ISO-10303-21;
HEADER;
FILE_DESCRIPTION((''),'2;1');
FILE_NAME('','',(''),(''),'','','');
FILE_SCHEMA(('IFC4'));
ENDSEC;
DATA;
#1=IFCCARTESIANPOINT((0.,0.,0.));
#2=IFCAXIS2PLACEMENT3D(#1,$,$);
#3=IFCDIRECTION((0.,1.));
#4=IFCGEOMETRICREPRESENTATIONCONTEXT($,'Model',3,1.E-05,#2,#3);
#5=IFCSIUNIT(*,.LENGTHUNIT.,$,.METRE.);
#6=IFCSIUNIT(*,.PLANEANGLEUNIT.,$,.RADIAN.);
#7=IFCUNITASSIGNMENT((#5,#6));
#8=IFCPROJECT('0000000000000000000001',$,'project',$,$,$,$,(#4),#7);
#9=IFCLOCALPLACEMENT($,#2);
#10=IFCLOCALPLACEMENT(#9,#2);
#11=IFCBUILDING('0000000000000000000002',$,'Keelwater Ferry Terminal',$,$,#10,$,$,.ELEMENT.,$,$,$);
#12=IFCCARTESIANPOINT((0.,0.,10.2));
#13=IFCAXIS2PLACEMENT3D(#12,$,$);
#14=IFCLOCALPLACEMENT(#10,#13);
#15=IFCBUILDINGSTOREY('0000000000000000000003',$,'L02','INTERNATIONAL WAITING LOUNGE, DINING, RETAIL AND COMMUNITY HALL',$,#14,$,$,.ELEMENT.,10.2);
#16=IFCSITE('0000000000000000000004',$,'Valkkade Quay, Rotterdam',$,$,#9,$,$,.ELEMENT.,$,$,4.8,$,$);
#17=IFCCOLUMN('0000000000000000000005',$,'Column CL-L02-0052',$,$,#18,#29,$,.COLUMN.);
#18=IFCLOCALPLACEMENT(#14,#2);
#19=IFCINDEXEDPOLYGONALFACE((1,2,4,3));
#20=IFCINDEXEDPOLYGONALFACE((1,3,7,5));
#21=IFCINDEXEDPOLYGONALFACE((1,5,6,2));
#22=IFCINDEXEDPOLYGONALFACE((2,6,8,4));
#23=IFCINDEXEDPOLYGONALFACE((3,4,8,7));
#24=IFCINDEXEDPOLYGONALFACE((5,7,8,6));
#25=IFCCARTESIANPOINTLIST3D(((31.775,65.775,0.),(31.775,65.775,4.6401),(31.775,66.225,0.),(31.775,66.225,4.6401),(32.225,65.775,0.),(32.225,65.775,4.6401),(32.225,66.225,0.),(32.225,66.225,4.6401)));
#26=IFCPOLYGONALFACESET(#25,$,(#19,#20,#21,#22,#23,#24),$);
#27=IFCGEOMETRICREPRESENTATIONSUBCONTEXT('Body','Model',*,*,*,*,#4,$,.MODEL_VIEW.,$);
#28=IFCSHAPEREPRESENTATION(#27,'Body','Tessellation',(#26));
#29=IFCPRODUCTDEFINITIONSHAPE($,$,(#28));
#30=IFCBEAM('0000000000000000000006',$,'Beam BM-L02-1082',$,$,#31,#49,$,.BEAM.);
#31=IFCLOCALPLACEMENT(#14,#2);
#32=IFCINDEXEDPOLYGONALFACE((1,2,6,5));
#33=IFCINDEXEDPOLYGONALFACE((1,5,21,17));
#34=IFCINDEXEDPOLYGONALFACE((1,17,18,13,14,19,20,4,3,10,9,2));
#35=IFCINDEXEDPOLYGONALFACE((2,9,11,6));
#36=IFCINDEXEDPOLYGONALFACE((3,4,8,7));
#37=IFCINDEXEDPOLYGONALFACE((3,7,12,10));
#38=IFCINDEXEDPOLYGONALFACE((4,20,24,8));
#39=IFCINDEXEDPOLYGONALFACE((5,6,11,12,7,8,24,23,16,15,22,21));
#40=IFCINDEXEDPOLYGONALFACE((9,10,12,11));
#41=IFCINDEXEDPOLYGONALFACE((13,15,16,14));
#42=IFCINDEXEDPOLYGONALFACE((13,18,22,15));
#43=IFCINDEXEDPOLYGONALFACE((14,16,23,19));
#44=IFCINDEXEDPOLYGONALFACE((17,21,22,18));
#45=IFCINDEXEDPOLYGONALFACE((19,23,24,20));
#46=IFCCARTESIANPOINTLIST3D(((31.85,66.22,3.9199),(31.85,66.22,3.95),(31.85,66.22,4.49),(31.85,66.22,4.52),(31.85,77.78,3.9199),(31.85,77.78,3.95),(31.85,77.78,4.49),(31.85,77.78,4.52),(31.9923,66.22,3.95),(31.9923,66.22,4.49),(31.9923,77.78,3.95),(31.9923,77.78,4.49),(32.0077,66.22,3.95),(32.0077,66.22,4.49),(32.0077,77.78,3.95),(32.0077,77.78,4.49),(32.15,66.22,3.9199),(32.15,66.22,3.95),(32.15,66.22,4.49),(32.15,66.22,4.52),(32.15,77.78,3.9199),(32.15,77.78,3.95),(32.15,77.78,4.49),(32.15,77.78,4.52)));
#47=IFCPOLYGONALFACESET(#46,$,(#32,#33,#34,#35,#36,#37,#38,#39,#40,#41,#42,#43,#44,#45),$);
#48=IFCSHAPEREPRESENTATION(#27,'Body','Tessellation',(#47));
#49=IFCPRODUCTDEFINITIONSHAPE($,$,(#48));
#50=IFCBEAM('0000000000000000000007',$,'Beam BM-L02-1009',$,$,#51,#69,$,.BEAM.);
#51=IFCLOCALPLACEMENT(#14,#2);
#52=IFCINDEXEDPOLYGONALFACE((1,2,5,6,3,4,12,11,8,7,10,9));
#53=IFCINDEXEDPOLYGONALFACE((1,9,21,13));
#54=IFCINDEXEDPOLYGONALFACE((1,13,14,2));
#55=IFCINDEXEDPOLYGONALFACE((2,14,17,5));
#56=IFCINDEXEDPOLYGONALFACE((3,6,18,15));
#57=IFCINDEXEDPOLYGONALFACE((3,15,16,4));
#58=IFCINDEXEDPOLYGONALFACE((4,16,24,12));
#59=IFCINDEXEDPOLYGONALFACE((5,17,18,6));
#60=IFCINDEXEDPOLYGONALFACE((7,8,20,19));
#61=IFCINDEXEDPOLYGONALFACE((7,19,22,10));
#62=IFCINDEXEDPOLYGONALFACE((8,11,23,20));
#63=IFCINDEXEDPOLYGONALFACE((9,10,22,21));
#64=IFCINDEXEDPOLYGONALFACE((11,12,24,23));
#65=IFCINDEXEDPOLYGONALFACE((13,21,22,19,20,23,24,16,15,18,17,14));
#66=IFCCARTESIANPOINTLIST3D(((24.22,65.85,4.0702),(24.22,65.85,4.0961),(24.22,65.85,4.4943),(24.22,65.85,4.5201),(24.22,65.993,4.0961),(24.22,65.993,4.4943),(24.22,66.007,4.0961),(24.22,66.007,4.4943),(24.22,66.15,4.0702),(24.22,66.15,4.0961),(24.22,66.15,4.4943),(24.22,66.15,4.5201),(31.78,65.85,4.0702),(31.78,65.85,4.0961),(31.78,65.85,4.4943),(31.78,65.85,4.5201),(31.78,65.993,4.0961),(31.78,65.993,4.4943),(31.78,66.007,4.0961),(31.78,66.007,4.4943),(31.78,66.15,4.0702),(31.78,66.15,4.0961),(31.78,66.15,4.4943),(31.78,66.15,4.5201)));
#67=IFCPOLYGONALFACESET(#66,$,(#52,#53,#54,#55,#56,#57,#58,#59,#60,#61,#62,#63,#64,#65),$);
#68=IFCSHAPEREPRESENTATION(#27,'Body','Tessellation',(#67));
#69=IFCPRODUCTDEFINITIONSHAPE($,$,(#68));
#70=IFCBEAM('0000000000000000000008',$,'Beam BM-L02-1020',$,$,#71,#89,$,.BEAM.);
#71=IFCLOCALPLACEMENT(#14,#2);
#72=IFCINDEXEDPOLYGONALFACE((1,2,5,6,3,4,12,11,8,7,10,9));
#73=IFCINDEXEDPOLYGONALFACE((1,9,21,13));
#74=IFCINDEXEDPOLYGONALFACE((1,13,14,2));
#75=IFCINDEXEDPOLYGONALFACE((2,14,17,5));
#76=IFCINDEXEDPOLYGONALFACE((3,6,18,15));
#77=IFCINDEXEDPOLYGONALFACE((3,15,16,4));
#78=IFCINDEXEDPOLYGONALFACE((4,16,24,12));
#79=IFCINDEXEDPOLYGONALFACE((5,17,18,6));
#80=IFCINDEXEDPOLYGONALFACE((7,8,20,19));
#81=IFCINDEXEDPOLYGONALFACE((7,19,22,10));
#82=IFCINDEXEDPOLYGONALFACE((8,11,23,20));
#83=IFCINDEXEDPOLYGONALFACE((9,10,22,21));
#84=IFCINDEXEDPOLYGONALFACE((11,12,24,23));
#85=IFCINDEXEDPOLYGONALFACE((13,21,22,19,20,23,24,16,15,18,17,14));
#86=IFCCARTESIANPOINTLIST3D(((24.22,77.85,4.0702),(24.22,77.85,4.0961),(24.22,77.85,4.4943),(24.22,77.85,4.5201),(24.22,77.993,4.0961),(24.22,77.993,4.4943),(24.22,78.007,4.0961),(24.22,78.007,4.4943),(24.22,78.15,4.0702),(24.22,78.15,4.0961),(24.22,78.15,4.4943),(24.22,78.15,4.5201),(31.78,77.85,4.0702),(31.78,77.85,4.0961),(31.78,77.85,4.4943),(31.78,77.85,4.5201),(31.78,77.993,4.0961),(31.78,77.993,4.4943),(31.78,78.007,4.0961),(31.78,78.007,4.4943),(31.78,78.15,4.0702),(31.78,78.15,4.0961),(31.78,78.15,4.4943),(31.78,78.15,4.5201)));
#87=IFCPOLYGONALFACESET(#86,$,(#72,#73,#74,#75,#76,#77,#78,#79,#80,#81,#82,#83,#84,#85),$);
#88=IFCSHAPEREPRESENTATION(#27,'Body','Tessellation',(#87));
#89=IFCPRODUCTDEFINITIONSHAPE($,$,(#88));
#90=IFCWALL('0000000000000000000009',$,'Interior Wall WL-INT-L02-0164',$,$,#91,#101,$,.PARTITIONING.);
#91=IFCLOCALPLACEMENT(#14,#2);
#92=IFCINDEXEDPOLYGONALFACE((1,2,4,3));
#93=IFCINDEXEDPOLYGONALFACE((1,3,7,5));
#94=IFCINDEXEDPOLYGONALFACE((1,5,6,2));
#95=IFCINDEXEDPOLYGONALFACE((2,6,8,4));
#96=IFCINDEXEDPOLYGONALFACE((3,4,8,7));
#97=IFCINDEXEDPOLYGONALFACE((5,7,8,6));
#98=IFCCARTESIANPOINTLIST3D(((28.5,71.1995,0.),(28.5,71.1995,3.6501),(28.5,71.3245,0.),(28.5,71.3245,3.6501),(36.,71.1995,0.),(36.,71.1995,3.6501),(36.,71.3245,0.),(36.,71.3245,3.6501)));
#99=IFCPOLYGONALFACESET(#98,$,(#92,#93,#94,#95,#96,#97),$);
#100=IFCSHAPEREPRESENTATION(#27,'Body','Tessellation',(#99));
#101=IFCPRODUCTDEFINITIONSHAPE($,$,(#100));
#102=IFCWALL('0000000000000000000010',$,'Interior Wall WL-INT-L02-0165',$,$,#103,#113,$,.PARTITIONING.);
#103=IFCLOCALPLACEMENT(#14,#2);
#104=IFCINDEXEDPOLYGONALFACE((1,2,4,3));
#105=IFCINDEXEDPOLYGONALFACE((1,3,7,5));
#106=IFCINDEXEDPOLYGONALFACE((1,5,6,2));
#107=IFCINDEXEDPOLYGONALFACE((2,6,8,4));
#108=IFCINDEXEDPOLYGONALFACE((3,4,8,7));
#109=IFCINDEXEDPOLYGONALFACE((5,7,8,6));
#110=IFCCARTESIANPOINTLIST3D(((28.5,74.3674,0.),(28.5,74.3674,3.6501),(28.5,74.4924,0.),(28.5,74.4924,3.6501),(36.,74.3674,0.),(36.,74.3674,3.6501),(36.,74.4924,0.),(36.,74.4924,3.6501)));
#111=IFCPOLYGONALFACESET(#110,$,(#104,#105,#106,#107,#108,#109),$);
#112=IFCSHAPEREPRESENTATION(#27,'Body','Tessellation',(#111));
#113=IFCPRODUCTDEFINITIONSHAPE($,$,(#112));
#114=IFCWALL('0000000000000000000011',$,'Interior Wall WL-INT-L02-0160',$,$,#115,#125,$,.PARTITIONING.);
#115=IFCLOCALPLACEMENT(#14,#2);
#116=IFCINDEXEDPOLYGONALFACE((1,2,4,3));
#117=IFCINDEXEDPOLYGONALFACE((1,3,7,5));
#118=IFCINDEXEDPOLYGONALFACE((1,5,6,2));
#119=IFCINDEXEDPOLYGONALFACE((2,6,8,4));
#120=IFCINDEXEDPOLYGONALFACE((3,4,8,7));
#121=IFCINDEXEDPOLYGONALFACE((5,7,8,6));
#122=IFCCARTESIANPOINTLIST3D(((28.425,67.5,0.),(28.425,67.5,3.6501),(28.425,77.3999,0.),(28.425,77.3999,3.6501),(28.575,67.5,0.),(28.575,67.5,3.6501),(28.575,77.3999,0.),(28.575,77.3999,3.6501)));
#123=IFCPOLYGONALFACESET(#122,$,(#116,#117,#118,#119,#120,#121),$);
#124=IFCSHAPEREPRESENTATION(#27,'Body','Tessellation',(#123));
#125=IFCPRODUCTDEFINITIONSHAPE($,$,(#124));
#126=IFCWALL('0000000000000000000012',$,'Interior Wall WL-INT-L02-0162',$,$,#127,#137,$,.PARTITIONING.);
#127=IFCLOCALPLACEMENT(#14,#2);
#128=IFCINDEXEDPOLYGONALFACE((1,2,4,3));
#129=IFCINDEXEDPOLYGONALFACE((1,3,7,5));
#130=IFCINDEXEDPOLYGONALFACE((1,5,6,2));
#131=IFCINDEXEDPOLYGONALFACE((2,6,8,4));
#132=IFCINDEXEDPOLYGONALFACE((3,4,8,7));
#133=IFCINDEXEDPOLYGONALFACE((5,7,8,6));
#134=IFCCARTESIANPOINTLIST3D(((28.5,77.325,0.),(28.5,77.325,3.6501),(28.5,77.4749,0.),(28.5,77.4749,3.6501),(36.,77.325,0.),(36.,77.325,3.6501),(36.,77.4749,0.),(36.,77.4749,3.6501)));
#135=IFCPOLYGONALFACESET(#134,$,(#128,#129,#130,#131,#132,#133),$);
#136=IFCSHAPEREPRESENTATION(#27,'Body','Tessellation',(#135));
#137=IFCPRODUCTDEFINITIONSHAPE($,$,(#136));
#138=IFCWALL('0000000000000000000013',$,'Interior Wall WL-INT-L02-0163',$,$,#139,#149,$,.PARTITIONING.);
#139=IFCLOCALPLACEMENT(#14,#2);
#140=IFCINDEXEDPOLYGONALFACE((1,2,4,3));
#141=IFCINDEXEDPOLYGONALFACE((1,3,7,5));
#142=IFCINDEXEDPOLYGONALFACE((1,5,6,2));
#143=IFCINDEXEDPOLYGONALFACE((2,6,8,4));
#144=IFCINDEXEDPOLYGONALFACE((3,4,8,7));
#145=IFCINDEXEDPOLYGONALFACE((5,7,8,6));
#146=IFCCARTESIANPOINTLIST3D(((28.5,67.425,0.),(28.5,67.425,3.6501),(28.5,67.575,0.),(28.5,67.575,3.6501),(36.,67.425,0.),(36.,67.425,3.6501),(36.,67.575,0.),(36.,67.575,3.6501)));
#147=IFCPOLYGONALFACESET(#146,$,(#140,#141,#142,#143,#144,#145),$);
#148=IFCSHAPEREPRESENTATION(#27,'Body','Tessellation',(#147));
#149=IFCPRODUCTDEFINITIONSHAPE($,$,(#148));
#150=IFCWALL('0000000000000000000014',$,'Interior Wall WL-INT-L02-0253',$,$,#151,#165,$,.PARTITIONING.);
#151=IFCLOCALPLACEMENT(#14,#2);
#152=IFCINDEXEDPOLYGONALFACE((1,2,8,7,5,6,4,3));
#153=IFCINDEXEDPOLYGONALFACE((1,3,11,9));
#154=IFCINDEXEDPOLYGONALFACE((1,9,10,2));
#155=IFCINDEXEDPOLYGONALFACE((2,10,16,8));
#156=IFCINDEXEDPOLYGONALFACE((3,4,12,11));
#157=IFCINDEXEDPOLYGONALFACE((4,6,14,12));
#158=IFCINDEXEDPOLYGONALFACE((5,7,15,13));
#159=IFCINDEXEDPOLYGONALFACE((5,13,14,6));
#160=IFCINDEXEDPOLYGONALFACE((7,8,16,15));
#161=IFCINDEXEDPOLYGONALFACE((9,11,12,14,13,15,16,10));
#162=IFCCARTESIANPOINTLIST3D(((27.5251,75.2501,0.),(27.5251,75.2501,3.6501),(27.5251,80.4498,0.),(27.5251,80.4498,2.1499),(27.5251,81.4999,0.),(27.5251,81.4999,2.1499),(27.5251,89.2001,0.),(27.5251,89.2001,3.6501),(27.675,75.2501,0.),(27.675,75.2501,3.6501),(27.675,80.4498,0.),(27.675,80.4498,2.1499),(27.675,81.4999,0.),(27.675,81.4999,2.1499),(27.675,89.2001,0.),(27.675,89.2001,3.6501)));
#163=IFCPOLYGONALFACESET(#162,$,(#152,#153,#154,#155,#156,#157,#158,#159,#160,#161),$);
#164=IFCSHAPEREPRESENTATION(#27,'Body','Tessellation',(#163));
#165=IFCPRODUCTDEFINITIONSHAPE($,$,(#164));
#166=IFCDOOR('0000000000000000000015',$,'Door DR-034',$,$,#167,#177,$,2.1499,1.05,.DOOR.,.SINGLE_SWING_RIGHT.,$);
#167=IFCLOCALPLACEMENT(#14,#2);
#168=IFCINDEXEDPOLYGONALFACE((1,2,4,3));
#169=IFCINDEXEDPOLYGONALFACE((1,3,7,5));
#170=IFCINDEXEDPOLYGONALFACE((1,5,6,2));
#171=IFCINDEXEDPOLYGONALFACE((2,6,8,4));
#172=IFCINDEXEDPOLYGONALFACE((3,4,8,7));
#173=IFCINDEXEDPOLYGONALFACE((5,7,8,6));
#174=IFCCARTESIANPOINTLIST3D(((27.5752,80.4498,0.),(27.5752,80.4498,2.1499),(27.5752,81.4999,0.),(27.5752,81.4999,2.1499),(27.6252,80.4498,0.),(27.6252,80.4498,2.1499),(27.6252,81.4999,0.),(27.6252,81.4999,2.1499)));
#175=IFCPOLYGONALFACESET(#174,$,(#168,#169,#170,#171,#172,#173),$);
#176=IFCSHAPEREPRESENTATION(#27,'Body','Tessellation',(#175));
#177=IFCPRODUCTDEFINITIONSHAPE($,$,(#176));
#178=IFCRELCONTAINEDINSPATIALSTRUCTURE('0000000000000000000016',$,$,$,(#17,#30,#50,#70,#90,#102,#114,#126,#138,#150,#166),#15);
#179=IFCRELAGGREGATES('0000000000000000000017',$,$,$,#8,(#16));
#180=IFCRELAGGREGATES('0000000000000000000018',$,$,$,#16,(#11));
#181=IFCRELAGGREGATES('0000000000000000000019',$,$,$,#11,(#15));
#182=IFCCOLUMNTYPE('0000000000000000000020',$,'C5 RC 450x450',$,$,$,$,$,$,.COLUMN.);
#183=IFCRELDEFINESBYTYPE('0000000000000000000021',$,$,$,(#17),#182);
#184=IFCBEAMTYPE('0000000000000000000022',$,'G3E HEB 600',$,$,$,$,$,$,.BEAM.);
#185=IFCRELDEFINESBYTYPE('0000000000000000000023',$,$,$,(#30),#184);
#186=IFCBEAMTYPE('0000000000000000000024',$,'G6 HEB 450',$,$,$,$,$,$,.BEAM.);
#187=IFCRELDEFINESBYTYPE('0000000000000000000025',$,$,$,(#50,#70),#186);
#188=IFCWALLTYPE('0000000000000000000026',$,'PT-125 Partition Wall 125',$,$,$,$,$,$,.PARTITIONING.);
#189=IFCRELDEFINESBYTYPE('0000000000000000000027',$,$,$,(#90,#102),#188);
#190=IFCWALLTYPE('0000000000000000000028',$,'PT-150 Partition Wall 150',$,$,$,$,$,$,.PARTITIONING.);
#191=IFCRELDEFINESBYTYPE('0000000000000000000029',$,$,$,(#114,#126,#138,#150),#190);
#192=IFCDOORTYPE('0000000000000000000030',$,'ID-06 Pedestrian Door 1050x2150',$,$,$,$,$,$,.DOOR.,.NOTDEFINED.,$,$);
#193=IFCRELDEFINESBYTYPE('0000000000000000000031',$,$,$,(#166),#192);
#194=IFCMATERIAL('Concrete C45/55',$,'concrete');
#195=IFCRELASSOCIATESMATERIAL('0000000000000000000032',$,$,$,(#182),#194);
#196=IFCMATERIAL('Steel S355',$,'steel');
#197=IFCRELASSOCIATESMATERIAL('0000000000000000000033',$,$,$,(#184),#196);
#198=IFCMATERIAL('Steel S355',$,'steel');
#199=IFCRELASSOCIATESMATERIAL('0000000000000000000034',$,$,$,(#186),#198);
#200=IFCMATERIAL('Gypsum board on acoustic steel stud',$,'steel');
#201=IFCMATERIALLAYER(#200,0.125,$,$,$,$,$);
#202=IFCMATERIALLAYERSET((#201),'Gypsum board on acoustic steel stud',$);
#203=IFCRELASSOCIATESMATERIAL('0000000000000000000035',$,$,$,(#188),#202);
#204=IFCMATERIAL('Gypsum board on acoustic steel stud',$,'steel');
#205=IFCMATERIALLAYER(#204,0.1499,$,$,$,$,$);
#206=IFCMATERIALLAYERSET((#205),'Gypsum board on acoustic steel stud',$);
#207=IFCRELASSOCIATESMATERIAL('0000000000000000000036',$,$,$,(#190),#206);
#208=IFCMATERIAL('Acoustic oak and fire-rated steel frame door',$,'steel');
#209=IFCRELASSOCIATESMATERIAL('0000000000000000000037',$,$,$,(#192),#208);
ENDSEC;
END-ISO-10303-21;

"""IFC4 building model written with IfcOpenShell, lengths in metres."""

from ifc_helpers import new_model, si_unit, direction, frame, frame_2d, origin, origin_2d, place, context, subcontext, project, spatial, rectangle, i_section, extrude, material, layer, layer_set, material_profile, profile_set, type_object, element, fill, save


model = new_model("IFC4")

# Units and contexts
model_context = context("Model", 3, precision=1e-05, world=origin(), true_north=direction((0.0, 1.0)))
body_context = subcontext(model_context, "Body", "Model", "MODEL_VIEW")
ifc_project = project(units=[si_unit("LENGTHUNIT", "METRE"), si_unit("PLANEANGLEUNIT", "RADIAN")], contexts=[model_context])

# Site, building, storey
site_placement = place(None, origin())
site = spatial("IfcSite", under=ifc_project, at=site_placement, Name="Valkkade Quay, Rotterdam", CompositionType="ELEMENT", RefElevation=4.8)
building_placement = place(site_placement, origin())
building = spatial("IfcBuilding", under=site, at=building_placement, Name="Keelwater Ferry Terminal", CompositionType="ELEMENT")
storey_placement = place(building_placement, frame((0.0, 0.0, 10.2)))
storey = spatial("IfcBuildingStorey", under=building, at=storey_placement, Name="L02", Description="INTERNATIONAL WAITING LOUNGE, DINING, RETAIL AND COMMUNITY HALL", CompositionType="ELEMENT", Elevation=10.2)

# Column
ifc_material_1 = material(Name="Concrete C45/55", Category="concrete")
ifc_material_profile_1 = material_profile(ifc_material_1, rectangle(XDim=0.45, YDim=0.45, at=origin_2d()), Name="RC 450x450")
ifc_profile_set_1 = profile_set([ifc_material_profile_1], Name="Concrete C45/55")
column_type = type_object("IfcColumnType", Name="C5 RC 450x450", PredefinedType="COLUMN", material=ifc_profile_set_1)
column_placement = place(storey_placement, frame((32.0, 66.0, 0.0), z_axis=(0.0, 0.0, 1.0), x_axis=(1.0, 0.0, 0.0)))
element("IfcColumn", 1, at=column_placement, inside=storey, type_object=column_type, Name="Column CL-L02-0052", PredefinedType="COLUMN", context=body_context, shape_type="SweptSolid", body=[
    extrude(rectangle(XDim=0.45, YDim=0.45, at=origin_2d()), origin(), (0.0, 0.0, 1.0), 4.6401),
])

# Beams
ifc_material_2 = material(Name="Steel S355", Category="steel")
ifc_material_profile_2 = material_profile(ifc_material_2, i_section(OverallWidth=0.3, OverallDepth=0.6001, WebThickness=0.0154, FlangeThickness=0.03, at=origin_2d()), Name="HEB 600")
ifc_profile_set_2 = profile_set([ifc_material_profile_2], Name="Steel S355")
beam_type_1 = type_object("IfcBeamType", Name="G3E HEB 600", PredefinedType="BEAM", material=ifc_profile_set_2)
beam_placement = place(storey_placement, frame((32.0, 66.22, 4.22), z_axis=(0.0, 1.0, 0.0), x_axis=(-1.0, 0.0, 0.0)))
element("IfcBeam", 2, at=beam_placement, inside=storey, type_object=beam_type_1, Name="Beam BM-L02-1082", PredefinedType="BEAM", context=body_context, shape_type="SweptSolid", body=[
    extrude(i_section(OverallWidth=0.3, OverallDepth=0.6001, WebThickness=0.0154, FlangeThickness=0.03, at=origin_2d()), origin(), (0.0, 0.0, 1.0), 11.5601),
])
ifc_material_3 = material(Name="Steel S355", Category="steel")
ifc_material_profile_3 = material_profile(ifc_material_3, i_section(OverallWidth=0.3, OverallDepth=0.45, WebThickness=0.0139, FlangeThickness=0.0259, at=origin_2d()), Name="HEB 450")
ifc_profile_set_3 = profile_set([ifc_material_profile_3], Name="Steel S355")
beam_type_2 = type_object("IfcBeamType", Name="G6 HEB 450", PredefinedType="BEAM", material=ifc_profile_set_3)
for number, where, z_axis, x_axis, name in (
    (3, (24.22, 66.0, 4.2952), (1.0, 0.0, 0.0), (0.0, 1.0, 0.0), "Beam BM-L02-1009"),
    (4, (24.22, 78.0, 4.2952), (1.0, 0.0, 0.0), (0.0, 1.0, 0.0), "Beam BM-L02-1020"),
):
    element("IfcBeam", number, at=place(storey_placement, frame(where, z_axis=z_axis, x_axis=x_axis)), inside=storey, type_object=beam_type_2, Name=name, PredefinedType="BEAM", context=body_context, shape_type="SweptSolid", body=[
        extrude(i_section(OverallWidth=0.3, OverallDepth=0.45, WebThickness=0.0139, FlangeThickness=0.0259, at=origin_2d()), origin(), (0.0, 0.0, 1.0), 7.5601),
    ])

# Walls
ifc_material_4 = material(Name="Gypsum board on acoustic steel stud", Category="steel")
ifc_layer_1 = layer(ifc_material_4, 0.125)
ifc_layer_set_1 = layer_set([ifc_layer_1], Name="Gypsum board on acoustic steel stud")
wall_type_1 = type_object("IfcWallType", Name="PT-125 Partition Wall 125", PredefinedType="PARTITIONING", material=ifc_layer_set_1)
for number, where, z_axis, x_axis, name in (
    (5, (28.5, 71.262, 0.0), (0.0, 0.0, 1.0), (1.0, 0.0, 0.0), "Interior Wall WL-INT-L02-0164"),
    (6, (28.5, 74.4299, 0.0), (0.0, 0.0, 1.0), (1.0, 0.0, 0.0), "Interior Wall WL-INT-L02-0165"),
):
    element("IfcWall", number, at=place(storey_placement, frame(where, z_axis=z_axis, x_axis=x_axis)), inside=storey, type_object=wall_type_1, Name=name, PredefinedType="PARTITIONING", context=body_context, shape_type="SweptSolid", body=[
        extrude(rectangle(XDim=7.5, YDim=0.125, at=frame_2d((3.75, 0.0))), origin(), (0.0, 0.0, 1.0), 3.6501),
    ])
ifc_material_5 = material(Name="Gypsum board on acoustic steel stud", Category="steel")
ifc_layer_2 = layer(ifc_material_5, 0.1499)
ifc_layer_set_2 = layer_set([ifc_layer_2], Name="Gypsum board on acoustic steel stud")
wall_type_2 = type_object("IfcWallType", Name="PT-150 Partition Wall 150", PredefinedType="PARTITIONING", material=ifc_layer_set_2)
wall_1_placement = place(storey_placement, frame((28.5, 67.5, 0.0), z_axis=(0.0, 0.0, 1.0), x_axis=(0.0, 1.0, 0.0)))
element("IfcWall", 7, at=wall_1_placement, inside=storey, type_object=wall_type_2, Name="Interior Wall WL-INT-L02-0160", PredefinedType="PARTITIONING", context=body_context, shape_type="SweptSolid", body=[
    extrude(rectangle(XDim=9.8999, YDim=0.1499, at=frame_2d((4.95, 0.0))), origin(), (0.0, 0.0, 1.0), 3.6501),
])
for number, where, z_axis, x_axis, name in (
    (8, (28.5, 77.3999, 0.0), (0.0, 0.0, 1.0), (1.0, 0.0, 0.0), "Interior Wall WL-INT-L02-0162"),
    (9, (28.5, 67.5, 0.0), (0.0, 0.0, 1.0), (1.0, 0.0, 0.0), "Interior Wall WL-INT-L02-0163"),
):
    element("IfcWall", number, at=place(storey_placement, frame(where, z_axis=z_axis, x_axis=x_axis)), inside=storey, type_object=wall_type_2, Name=name, PredefinedType="PARTITIONING", context=body_context, shape_type="SweptSolid", body=[
        extrude(rectangle(XDim=7.5, YDim=0.1499, at=frame_2d((3.75, 0.0))), origin(), (0.0, 0.0, 1.0), 3.6501),
    ])

# Wall, opening, door
wall_2_placement = place(storey_placement, frame((27.6001, 75.25, 0.0), z_axis=(0.0, 0.0, 1.0), x_axis=(0.0, 1.0, 0.0)))
wall_2 = element("IfcWall", 10, at=wall_2_placement, inside=storey, type_object=wall_type_2, Name="Interior Wall WL-INT-L02-0253", PredefinedType="PARTITIONING", context=body_context, shape_type="SweptSolid", body=[
    extrude(rectangle(XDim=13.95, YDim=0.1499, at=frame_2d((6.9751, 0.0))), origin(), (0.0, 0.0, 1.0), 3.6501),
])
opening_1_placement = place(wall_2_placement, frame((5.2, 0.0, 0.0)))
opening_1 = element("IfcOpeningElement", 11, at=opening_1_placement, cuts=wall_2, PredefinedType="OPENING", context=body_context, shape_type="SweptSolid", body=[
    extrude(rectangle(XDim=1.05, YDim=2.1499, at=frame_2d((0.5249, 1.075))), frame((0.0, 0.085, 0.0), z_axis=(0.0, -1.0, 0.0), x_axis=(1.0, 0.0, 0.0)), (0.0, 0.0, 1.0), 0.1699),
])
ifc_material_6 = material(Name="Acoustic oak and fire-rated steel frame door", Category="steel")
door_type = type_object("IfcDoorType", Name="ID-06 Pedestrian Door 1050x2150", OperationType="NOTDEFINED", PredefinedType="DOOR", material=ifc_material_6)
door_1_placement = place(opening_1_placement, origin())
door_1 = element("IfcDoor", 12, at=door_1_placement, inside=storey, type_object=door_type, Name="Door DR-034", OperationType="SINGLE_SWING_RIGHT", OverallHeight=2.1499, OverallWidth=1.05, PredefinedType="DOOR", context=body_context, shape_type="SweptSolid", body=[
    extrude(rectangle(XDim=1.05, YDim=2.1499, at=frame_2d((0.5249, 1.075))), frame((0.0, 0.0249, 0.0), z_axis=(0.0, -1.0, 0.0), x_axis=(1.0, 0.0, 0.0)), (0.0, 0.0, 1.0), 0.05),
])
fill(opening_1, door_1)

save(model, "model.ifc")
